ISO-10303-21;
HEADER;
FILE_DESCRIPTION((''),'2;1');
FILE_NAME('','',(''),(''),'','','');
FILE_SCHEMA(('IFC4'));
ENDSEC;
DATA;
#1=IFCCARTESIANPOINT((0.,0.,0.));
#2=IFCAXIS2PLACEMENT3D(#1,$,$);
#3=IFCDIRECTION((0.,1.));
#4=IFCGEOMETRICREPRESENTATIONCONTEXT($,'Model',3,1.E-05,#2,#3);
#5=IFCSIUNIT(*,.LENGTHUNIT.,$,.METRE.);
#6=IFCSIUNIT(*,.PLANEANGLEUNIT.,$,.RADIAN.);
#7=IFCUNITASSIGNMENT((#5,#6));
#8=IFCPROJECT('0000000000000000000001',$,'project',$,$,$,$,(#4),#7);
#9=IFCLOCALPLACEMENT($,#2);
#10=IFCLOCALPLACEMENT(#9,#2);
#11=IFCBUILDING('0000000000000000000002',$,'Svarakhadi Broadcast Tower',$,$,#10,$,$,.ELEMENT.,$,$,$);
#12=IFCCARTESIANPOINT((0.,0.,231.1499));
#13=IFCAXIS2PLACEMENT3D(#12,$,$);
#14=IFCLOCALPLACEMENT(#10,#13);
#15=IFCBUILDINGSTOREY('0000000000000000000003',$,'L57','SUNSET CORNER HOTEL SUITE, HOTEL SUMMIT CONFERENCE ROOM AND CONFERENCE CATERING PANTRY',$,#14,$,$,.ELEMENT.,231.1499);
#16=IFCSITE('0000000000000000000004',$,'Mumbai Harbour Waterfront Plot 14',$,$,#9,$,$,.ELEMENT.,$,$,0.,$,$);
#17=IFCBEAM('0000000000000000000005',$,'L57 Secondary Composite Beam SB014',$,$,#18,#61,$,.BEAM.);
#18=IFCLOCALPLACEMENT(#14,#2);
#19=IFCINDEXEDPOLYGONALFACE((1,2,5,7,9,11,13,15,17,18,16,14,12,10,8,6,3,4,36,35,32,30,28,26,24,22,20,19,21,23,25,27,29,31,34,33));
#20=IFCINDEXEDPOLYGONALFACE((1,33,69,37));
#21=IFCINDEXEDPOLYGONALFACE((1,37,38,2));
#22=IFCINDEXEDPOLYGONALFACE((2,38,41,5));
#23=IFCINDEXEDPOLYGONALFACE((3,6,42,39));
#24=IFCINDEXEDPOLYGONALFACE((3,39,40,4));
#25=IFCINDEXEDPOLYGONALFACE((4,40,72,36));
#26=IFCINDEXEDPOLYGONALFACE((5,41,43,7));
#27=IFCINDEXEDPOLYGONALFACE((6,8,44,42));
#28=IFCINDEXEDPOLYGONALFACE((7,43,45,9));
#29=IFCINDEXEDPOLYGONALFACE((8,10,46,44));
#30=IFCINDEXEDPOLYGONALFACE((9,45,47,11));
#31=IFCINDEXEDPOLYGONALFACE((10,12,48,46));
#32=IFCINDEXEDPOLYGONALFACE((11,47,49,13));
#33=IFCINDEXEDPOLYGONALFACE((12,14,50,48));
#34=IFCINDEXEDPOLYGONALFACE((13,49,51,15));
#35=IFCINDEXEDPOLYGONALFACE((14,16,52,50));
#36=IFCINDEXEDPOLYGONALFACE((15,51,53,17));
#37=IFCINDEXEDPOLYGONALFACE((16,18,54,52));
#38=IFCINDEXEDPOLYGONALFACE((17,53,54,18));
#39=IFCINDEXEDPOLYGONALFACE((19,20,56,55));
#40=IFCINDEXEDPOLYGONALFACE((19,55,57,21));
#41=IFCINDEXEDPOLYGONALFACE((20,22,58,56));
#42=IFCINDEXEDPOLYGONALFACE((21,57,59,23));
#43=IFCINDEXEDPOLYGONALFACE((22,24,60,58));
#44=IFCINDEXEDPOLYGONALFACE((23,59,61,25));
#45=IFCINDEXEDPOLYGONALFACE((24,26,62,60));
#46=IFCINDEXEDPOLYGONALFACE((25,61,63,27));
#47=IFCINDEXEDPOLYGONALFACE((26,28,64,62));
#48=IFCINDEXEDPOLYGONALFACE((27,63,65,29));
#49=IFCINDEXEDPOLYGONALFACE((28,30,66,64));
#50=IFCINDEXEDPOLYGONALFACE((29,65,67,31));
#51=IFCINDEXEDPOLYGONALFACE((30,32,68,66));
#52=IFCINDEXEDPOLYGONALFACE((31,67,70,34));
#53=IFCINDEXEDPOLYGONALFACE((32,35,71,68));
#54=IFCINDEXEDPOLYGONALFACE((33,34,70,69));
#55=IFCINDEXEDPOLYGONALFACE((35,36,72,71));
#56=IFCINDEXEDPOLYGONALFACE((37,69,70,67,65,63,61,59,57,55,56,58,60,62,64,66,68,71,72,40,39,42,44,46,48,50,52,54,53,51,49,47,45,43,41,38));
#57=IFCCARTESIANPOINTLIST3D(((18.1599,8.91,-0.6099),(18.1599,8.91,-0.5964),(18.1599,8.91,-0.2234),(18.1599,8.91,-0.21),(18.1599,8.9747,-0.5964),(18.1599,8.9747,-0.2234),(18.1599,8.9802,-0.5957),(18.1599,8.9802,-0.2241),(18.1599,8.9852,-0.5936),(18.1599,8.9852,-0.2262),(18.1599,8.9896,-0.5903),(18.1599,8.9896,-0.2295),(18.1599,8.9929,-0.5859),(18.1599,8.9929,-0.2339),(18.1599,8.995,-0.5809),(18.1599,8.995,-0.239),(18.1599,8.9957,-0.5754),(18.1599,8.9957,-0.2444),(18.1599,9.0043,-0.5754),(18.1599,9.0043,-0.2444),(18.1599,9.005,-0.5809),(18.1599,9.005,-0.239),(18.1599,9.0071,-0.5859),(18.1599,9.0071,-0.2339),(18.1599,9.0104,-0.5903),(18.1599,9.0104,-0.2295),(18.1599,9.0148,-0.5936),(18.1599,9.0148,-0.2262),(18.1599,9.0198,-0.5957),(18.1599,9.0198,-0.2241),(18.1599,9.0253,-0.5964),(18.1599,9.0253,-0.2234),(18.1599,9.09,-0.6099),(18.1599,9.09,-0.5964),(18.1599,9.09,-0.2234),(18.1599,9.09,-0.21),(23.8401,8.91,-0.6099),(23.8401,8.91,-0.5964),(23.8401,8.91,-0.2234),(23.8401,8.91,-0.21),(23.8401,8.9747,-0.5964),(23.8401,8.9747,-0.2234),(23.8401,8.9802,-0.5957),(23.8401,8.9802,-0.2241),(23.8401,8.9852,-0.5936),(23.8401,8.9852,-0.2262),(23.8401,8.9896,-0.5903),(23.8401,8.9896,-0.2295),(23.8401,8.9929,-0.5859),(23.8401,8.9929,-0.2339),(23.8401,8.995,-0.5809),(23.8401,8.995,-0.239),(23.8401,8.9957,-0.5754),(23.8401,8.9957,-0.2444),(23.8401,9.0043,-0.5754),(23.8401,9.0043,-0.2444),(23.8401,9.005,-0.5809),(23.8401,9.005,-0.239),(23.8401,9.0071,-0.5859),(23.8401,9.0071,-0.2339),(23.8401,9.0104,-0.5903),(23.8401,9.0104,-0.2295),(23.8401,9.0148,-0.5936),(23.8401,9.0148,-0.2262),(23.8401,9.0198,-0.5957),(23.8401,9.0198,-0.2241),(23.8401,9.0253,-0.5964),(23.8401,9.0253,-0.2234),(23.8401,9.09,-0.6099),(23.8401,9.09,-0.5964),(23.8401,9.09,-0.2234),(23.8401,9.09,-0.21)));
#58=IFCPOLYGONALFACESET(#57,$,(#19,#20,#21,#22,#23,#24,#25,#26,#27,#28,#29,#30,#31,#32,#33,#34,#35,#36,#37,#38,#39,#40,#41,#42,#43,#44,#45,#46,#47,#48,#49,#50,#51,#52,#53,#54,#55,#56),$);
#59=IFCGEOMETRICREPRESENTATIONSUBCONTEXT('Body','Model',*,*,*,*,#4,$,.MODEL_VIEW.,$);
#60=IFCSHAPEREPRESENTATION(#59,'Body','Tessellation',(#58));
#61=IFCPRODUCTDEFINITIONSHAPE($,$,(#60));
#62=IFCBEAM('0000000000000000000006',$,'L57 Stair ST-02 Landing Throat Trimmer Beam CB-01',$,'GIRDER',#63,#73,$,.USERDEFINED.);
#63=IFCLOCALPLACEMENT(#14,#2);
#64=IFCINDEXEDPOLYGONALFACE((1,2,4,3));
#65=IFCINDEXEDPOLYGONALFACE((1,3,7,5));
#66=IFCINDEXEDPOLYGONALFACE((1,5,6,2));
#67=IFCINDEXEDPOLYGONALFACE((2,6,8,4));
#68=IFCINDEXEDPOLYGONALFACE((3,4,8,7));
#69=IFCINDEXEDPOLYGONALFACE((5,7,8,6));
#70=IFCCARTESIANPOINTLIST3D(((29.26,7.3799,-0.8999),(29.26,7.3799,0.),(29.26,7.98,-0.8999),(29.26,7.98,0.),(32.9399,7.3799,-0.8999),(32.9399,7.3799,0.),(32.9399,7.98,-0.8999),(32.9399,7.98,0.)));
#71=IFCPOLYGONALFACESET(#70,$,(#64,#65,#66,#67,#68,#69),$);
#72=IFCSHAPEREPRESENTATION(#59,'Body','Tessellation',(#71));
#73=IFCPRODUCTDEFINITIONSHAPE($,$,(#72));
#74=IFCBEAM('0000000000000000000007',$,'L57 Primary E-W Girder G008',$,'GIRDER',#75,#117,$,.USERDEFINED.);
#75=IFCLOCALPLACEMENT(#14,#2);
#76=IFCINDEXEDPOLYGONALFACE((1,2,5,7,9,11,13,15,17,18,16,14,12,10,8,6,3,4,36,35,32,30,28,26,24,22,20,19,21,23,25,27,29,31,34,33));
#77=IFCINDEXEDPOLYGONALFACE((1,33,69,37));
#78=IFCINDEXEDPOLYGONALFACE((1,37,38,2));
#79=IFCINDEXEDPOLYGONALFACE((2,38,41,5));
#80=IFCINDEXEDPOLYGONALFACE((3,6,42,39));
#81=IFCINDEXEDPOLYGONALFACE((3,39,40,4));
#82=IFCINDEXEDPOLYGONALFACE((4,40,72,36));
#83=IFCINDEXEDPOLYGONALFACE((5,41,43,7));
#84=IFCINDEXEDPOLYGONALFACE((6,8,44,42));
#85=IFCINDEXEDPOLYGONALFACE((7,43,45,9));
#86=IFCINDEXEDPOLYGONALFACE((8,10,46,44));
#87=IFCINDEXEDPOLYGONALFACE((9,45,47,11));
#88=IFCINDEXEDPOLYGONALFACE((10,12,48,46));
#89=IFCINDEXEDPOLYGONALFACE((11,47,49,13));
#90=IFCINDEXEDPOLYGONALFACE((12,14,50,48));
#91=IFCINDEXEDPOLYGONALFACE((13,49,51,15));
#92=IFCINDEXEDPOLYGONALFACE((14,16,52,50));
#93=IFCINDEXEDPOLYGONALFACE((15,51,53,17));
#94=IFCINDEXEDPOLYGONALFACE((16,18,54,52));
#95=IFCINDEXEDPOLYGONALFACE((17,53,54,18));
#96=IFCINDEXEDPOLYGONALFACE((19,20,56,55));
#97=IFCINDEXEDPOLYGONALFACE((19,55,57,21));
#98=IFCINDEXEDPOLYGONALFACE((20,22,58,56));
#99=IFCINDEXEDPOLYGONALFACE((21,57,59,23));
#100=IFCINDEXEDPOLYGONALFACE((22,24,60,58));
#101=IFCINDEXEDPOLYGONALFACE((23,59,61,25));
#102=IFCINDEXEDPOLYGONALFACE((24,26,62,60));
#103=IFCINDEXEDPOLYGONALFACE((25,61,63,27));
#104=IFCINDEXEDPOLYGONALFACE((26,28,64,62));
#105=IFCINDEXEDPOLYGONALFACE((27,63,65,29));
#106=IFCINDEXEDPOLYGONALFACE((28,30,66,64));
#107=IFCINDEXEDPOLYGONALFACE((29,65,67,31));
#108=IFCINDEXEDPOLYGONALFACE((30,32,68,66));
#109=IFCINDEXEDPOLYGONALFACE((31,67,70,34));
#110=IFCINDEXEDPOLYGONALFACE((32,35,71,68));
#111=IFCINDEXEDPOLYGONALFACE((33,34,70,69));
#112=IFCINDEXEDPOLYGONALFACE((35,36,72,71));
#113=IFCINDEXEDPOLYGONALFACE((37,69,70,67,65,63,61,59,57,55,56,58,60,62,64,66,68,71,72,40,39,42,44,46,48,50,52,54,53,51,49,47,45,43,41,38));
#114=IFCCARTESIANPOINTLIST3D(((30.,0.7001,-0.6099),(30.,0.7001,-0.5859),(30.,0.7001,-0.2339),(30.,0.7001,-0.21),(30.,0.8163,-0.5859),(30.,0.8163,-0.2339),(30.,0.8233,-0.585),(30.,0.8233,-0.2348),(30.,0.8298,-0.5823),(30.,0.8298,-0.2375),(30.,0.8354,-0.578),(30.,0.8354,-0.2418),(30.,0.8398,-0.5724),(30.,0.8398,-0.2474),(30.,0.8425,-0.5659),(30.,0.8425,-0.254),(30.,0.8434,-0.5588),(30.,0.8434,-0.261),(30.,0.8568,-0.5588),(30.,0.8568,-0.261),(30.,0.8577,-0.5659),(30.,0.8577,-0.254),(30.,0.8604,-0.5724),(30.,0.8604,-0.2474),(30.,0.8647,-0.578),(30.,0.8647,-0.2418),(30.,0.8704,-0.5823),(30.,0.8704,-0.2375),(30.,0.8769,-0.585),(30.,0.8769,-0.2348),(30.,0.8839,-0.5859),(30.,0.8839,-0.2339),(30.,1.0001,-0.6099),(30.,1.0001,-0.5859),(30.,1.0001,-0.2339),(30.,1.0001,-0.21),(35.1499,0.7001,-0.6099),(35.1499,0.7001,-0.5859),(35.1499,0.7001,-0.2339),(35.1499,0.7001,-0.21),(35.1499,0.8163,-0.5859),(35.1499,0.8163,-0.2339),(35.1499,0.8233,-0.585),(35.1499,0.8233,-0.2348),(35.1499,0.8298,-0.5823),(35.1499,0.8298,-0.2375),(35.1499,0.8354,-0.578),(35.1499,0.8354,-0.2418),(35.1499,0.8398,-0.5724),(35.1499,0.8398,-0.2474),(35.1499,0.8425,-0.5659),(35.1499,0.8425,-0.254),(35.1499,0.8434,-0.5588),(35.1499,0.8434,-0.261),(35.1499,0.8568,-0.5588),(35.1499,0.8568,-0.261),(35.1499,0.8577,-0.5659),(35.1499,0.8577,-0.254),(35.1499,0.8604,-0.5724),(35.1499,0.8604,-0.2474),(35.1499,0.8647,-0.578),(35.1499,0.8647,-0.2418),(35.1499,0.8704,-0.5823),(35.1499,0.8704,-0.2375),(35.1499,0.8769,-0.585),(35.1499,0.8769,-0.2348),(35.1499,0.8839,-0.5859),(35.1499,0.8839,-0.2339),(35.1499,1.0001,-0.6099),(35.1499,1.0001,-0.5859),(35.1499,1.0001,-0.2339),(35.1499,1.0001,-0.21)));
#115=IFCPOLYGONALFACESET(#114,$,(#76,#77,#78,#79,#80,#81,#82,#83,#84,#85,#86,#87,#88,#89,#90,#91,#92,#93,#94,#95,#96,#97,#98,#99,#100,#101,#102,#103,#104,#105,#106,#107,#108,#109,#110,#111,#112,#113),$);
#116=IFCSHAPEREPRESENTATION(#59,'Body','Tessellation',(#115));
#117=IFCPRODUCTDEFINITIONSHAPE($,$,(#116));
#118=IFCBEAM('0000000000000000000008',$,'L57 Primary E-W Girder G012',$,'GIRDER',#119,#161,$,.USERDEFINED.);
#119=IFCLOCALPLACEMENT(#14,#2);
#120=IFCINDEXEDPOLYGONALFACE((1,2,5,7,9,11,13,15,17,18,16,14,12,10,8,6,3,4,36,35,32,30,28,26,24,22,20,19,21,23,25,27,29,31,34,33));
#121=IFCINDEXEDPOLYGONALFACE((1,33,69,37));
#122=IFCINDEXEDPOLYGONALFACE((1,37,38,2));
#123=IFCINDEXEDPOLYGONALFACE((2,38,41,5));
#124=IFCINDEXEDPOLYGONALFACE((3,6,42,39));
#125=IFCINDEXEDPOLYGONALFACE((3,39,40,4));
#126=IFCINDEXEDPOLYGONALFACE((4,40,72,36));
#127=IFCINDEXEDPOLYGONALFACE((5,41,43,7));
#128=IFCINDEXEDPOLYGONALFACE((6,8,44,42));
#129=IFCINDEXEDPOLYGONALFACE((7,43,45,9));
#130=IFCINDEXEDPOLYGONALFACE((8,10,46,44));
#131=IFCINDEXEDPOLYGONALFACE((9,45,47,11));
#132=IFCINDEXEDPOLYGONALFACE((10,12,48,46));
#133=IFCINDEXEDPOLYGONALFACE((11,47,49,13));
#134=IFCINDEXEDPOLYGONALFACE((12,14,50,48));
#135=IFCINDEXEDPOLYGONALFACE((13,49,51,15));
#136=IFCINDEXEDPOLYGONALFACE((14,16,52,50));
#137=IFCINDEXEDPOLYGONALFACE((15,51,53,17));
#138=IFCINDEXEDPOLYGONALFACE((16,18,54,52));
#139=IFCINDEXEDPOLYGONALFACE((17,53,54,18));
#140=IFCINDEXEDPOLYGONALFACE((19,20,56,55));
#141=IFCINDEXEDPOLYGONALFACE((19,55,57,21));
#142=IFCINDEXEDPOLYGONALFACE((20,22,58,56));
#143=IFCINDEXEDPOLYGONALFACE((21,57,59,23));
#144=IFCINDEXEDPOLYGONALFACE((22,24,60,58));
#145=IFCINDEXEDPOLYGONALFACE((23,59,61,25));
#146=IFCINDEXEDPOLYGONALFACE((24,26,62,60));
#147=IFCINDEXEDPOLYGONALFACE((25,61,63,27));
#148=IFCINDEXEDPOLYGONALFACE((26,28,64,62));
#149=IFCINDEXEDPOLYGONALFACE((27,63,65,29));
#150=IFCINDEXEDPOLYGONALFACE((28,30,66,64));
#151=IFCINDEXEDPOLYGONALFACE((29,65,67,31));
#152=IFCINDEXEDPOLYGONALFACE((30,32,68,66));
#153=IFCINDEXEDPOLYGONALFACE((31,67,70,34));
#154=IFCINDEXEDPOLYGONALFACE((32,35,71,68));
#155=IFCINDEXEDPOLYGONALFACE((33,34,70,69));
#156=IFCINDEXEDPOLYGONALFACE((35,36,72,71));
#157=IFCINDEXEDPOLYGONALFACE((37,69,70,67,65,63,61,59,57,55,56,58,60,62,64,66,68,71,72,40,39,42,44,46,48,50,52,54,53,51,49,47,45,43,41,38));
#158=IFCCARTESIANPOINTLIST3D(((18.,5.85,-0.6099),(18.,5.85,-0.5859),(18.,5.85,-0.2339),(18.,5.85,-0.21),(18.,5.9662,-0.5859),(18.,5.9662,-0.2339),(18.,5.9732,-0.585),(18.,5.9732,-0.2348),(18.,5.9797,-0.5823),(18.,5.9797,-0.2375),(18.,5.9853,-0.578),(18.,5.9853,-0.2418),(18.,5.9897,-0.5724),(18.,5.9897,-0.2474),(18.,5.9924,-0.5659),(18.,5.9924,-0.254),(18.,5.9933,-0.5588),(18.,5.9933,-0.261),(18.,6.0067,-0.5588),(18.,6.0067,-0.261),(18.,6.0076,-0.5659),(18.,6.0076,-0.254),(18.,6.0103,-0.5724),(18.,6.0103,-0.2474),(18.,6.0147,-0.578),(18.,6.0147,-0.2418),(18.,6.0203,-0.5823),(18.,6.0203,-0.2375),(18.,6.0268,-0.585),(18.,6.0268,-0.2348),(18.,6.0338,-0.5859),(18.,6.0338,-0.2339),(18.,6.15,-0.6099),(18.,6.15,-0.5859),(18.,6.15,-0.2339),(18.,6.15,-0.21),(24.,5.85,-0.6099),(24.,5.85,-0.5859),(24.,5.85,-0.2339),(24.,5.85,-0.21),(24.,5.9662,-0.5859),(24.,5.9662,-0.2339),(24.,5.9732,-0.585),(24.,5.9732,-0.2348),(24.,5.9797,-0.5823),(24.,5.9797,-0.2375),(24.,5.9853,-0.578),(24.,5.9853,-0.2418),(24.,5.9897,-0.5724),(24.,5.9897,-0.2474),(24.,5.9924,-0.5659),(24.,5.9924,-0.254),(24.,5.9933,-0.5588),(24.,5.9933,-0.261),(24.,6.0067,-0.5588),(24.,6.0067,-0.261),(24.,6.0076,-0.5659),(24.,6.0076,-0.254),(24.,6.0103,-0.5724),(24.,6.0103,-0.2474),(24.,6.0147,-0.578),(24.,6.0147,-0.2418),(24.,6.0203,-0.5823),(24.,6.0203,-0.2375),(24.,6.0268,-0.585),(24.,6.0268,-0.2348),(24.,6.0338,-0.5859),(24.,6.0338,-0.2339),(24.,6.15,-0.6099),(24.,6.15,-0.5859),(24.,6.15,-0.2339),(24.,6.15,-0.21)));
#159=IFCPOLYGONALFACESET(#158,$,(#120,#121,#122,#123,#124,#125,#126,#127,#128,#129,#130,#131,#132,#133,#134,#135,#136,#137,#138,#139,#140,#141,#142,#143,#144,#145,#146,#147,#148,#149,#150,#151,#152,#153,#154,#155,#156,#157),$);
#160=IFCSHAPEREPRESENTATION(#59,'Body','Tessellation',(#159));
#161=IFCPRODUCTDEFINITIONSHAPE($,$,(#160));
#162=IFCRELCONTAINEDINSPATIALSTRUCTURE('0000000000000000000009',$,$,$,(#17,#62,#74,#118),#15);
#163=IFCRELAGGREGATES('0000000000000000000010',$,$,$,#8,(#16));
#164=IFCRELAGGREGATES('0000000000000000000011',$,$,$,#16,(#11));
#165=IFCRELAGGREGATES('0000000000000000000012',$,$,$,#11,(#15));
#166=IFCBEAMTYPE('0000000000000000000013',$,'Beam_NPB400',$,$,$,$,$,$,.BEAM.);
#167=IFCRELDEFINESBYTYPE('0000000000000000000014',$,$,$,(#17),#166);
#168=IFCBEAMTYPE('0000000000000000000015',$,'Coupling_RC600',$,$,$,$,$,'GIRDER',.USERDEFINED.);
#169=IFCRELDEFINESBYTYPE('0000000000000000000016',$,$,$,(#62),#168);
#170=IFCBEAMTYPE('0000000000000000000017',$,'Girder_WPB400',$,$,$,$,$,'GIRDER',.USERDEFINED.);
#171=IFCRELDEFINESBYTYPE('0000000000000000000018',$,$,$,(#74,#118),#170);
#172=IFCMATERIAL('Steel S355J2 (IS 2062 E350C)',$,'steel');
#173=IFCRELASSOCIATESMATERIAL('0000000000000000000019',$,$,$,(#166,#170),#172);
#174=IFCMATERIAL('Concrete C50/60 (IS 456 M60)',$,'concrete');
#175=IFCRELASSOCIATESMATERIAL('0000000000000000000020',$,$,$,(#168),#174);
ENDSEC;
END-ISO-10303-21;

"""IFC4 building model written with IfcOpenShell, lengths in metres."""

from ifc_helpers import new_model, si_unit, direction, frame, origin, origin_2d, place, context, subcontext, project, spatial, rectangle, i_section, extrude, material, material_profile, profile_set, type_object, element, save


model = new_model("IFC4")

# Units and contexts
model_context = context("Model", 3, precision=1e-05, world=origin(), true_north=direction((0.0, 1.0)))
body_context = subcontext(model_context, "Body", "Model", "MODEL_VIEW")
ifc_project = project(units=[si_unit("LENGTHUNIT", "METRE"), si_unit("PLANEANGLEUNIT", "RADIAN")], contexts=[model_context])

# Site, building, storey
site_placement = place(None, origin())
site = spatial("IfcSite", under=ifc_project, at=site_placement, Name="Mumbai Harbour Waterfront Plot 14", CompositionType="ELEMENT", RefElevation=0.0)
building_placement = place(site_placement, origin())
building = spatial("IfcBuilding", under=site, at=building_placement, Name="Svarakhadi Broadcast Tower", CompositionType="ELEMENT")
storey_placement = place(building_placement, frame((0.0, 0.0, 231.1499)))
storey = spatial("IfcBuildingStorey", under=building, at=storey_placement, Name="L57", Description="SUNSET CORNER HOTEL SUITE, HOTEL SUMMIT CONFERENCE ROOM AND CONFERENCE CATERING PANTRY", CompositionType="ELEMENT", Elevation=231.1499)

# Shared definitions
ifc_material_1 = material(Name="Concrete C50/60 (IS 456 M60)", Category="concrete")

# Beams
ifc_material_2 = material(Name="Steel S355J2 (IS 2062 E350C)", Category="steel")
ifc_material_profile_1 = material_profile(ifc_material_2, i_section(OverallWidth=0.1799, OverallDepth=0.3999, WebThickness=0.0085, FlangeThickness=0.0134, FilletRadius=0.021, at=origin_2d()), Name="NPB 400x180x66")
ifc_profile_set_1 = profile_set([ifc_material_profile_1], Name="Steel S355J2 (IS 2062 E350C)")
beam_type_1 = type_object("IfcBeamType", Name="Beam_NPB400", PredefinedType="BEAM", material=ifc_profile_set_1)
for number, where, z_axis, x_axis, name in (
    (1, (18.1599, 9.0, -0.4099), (1.0, 0.0, 0.0), (0.0, 1.0, 0.0), "L57 Secondary Composite Beam SB014"),
):
    element("IfcBeam", number, at=place(storey_placement, frame(where, z_axis=z_axis, x_axis=x_axis)), inside=storey, type_object=beam_type_1, Name=name, PredefinedType="BEAM", context=body_context, shape_type="SweptSolid", body=[
        extrude(i_section(OverallWidth=0.1799, OverallDepth=0.3999, WebThickness=0.0085, FlangeThickness=0.0134, FilletRadius=0.021, at=origin_2d()), origin(), (0.0, 0.0, 1.0), 5.6802),
    ])
ifc_material_profile_2 = material_profile(ifc_material_1, rectangle(XDim=0.6001, YDim=0.8999, at=origin_2d()), Name="RC 600x900")
ifc_profile_set_2 = profile_set([ifc_material_profile_2], Name="Concrete C50/60 (IS 456 M60)")
beam_type_2 = type_object("IfcBeamType", Name="Coupling_RC600", ElementType="GIRDER", PredefinedType="USERDEFINED", material=ifc_profile_set_2)
beam_1_placement = place(storey_placement, frame((29.26, 7.6799, -0.45), z_axis=(1.0, 0.0, 0.0), x_axis=(0.0, 1.0, 0.0)))
element("IfcBeam", 2, at=beam_1_placement, inside=storey, type_object=beam_type_2, Name="L57 Stair ST-02 Landing Throat Trimmer Beam CB-01", ObjectType="GIRDER", PredefinedType="USERDEFINED", context=body_context, shape_type="SweptSolid", body=[
    extrude(rectangle(XDim=0.6001, YDim=0.8999, at=origin_2d()), origin(), (0.0, 0.0, 1.0), 3.6799),
])
ifc_material_profile_3 = material_profile(ifc_material_2, i_section(OverallWidth=0.3, OverallDepth=0.3999, WebThickness=0.0134, FlangeThickness=0.0239, FilletRadius=0.0271, at=origin_2d()), Name="WPB 400x300x155")
ifc_profile_set_3 = profile_set([ifc_material_profile_3], Name="Steel S355J2 (IS 2062 E350C)")
beam_type_3 = type_object("IfcBeamType", Name="Girder_WPB400", ElementType="GIRDER", PredefinedType="USERDEFINED", material=ifc_profile_set_3)
beam_2_placement = place(storey_placement, frame((30.0, 0.8501, -0.4099), z_axis=(1.0, 0.0, 0.0), x_axis=(0.0, 1.0, 0.0)))
element("IfcBeam", 3, at=beam_2_placement, inside=storey, type_object=beam_type_3, Name="L57 Primary E-W Girder G008", ObjectType="GIRDER", PredefinedType="USERDEFINED", context=body_context, shape_type="SweptSolid", body=[
    extrude(i_section(OverallWidth=0.3, OverallDepth=0.3999, WebThickness=0.0134, FlangeThickness=0.0239, FilletRadius=0.0271, at=origin_2d()), origin(), (0.0, 0.0, 1.0), 5.1499),
])
for number, where, z_axis, x_axis, name in (
    (4, (18.0, 6.0, -0.4099), (1.0, 0.0, 0.0), (0.0, 1.0, 0.0), "L57 Primary E-W Girder G012"),
):
    element("IfcBeam", number, at=place(storey_placement, frame(where, z_axis=z_axis, x_axis=x_axis)), inside=storey, type_object=beam_type_3, Name=name, ObjectType="GIRDER", PredefinedType="USERDEFINED", context=body_context, shape_type="SweptSolid", body=[
        extrude(i_section(OverallWidth=0.3, OverallDepth=0.3999, WebThickness=0.0134, FlangeThickness=0.0239, FilletRadius=0.0271, at=origin_2d()), origin(), (0.0, 0.0, 1.0), 6.0),
    ])

save(model, "model.ifc")
